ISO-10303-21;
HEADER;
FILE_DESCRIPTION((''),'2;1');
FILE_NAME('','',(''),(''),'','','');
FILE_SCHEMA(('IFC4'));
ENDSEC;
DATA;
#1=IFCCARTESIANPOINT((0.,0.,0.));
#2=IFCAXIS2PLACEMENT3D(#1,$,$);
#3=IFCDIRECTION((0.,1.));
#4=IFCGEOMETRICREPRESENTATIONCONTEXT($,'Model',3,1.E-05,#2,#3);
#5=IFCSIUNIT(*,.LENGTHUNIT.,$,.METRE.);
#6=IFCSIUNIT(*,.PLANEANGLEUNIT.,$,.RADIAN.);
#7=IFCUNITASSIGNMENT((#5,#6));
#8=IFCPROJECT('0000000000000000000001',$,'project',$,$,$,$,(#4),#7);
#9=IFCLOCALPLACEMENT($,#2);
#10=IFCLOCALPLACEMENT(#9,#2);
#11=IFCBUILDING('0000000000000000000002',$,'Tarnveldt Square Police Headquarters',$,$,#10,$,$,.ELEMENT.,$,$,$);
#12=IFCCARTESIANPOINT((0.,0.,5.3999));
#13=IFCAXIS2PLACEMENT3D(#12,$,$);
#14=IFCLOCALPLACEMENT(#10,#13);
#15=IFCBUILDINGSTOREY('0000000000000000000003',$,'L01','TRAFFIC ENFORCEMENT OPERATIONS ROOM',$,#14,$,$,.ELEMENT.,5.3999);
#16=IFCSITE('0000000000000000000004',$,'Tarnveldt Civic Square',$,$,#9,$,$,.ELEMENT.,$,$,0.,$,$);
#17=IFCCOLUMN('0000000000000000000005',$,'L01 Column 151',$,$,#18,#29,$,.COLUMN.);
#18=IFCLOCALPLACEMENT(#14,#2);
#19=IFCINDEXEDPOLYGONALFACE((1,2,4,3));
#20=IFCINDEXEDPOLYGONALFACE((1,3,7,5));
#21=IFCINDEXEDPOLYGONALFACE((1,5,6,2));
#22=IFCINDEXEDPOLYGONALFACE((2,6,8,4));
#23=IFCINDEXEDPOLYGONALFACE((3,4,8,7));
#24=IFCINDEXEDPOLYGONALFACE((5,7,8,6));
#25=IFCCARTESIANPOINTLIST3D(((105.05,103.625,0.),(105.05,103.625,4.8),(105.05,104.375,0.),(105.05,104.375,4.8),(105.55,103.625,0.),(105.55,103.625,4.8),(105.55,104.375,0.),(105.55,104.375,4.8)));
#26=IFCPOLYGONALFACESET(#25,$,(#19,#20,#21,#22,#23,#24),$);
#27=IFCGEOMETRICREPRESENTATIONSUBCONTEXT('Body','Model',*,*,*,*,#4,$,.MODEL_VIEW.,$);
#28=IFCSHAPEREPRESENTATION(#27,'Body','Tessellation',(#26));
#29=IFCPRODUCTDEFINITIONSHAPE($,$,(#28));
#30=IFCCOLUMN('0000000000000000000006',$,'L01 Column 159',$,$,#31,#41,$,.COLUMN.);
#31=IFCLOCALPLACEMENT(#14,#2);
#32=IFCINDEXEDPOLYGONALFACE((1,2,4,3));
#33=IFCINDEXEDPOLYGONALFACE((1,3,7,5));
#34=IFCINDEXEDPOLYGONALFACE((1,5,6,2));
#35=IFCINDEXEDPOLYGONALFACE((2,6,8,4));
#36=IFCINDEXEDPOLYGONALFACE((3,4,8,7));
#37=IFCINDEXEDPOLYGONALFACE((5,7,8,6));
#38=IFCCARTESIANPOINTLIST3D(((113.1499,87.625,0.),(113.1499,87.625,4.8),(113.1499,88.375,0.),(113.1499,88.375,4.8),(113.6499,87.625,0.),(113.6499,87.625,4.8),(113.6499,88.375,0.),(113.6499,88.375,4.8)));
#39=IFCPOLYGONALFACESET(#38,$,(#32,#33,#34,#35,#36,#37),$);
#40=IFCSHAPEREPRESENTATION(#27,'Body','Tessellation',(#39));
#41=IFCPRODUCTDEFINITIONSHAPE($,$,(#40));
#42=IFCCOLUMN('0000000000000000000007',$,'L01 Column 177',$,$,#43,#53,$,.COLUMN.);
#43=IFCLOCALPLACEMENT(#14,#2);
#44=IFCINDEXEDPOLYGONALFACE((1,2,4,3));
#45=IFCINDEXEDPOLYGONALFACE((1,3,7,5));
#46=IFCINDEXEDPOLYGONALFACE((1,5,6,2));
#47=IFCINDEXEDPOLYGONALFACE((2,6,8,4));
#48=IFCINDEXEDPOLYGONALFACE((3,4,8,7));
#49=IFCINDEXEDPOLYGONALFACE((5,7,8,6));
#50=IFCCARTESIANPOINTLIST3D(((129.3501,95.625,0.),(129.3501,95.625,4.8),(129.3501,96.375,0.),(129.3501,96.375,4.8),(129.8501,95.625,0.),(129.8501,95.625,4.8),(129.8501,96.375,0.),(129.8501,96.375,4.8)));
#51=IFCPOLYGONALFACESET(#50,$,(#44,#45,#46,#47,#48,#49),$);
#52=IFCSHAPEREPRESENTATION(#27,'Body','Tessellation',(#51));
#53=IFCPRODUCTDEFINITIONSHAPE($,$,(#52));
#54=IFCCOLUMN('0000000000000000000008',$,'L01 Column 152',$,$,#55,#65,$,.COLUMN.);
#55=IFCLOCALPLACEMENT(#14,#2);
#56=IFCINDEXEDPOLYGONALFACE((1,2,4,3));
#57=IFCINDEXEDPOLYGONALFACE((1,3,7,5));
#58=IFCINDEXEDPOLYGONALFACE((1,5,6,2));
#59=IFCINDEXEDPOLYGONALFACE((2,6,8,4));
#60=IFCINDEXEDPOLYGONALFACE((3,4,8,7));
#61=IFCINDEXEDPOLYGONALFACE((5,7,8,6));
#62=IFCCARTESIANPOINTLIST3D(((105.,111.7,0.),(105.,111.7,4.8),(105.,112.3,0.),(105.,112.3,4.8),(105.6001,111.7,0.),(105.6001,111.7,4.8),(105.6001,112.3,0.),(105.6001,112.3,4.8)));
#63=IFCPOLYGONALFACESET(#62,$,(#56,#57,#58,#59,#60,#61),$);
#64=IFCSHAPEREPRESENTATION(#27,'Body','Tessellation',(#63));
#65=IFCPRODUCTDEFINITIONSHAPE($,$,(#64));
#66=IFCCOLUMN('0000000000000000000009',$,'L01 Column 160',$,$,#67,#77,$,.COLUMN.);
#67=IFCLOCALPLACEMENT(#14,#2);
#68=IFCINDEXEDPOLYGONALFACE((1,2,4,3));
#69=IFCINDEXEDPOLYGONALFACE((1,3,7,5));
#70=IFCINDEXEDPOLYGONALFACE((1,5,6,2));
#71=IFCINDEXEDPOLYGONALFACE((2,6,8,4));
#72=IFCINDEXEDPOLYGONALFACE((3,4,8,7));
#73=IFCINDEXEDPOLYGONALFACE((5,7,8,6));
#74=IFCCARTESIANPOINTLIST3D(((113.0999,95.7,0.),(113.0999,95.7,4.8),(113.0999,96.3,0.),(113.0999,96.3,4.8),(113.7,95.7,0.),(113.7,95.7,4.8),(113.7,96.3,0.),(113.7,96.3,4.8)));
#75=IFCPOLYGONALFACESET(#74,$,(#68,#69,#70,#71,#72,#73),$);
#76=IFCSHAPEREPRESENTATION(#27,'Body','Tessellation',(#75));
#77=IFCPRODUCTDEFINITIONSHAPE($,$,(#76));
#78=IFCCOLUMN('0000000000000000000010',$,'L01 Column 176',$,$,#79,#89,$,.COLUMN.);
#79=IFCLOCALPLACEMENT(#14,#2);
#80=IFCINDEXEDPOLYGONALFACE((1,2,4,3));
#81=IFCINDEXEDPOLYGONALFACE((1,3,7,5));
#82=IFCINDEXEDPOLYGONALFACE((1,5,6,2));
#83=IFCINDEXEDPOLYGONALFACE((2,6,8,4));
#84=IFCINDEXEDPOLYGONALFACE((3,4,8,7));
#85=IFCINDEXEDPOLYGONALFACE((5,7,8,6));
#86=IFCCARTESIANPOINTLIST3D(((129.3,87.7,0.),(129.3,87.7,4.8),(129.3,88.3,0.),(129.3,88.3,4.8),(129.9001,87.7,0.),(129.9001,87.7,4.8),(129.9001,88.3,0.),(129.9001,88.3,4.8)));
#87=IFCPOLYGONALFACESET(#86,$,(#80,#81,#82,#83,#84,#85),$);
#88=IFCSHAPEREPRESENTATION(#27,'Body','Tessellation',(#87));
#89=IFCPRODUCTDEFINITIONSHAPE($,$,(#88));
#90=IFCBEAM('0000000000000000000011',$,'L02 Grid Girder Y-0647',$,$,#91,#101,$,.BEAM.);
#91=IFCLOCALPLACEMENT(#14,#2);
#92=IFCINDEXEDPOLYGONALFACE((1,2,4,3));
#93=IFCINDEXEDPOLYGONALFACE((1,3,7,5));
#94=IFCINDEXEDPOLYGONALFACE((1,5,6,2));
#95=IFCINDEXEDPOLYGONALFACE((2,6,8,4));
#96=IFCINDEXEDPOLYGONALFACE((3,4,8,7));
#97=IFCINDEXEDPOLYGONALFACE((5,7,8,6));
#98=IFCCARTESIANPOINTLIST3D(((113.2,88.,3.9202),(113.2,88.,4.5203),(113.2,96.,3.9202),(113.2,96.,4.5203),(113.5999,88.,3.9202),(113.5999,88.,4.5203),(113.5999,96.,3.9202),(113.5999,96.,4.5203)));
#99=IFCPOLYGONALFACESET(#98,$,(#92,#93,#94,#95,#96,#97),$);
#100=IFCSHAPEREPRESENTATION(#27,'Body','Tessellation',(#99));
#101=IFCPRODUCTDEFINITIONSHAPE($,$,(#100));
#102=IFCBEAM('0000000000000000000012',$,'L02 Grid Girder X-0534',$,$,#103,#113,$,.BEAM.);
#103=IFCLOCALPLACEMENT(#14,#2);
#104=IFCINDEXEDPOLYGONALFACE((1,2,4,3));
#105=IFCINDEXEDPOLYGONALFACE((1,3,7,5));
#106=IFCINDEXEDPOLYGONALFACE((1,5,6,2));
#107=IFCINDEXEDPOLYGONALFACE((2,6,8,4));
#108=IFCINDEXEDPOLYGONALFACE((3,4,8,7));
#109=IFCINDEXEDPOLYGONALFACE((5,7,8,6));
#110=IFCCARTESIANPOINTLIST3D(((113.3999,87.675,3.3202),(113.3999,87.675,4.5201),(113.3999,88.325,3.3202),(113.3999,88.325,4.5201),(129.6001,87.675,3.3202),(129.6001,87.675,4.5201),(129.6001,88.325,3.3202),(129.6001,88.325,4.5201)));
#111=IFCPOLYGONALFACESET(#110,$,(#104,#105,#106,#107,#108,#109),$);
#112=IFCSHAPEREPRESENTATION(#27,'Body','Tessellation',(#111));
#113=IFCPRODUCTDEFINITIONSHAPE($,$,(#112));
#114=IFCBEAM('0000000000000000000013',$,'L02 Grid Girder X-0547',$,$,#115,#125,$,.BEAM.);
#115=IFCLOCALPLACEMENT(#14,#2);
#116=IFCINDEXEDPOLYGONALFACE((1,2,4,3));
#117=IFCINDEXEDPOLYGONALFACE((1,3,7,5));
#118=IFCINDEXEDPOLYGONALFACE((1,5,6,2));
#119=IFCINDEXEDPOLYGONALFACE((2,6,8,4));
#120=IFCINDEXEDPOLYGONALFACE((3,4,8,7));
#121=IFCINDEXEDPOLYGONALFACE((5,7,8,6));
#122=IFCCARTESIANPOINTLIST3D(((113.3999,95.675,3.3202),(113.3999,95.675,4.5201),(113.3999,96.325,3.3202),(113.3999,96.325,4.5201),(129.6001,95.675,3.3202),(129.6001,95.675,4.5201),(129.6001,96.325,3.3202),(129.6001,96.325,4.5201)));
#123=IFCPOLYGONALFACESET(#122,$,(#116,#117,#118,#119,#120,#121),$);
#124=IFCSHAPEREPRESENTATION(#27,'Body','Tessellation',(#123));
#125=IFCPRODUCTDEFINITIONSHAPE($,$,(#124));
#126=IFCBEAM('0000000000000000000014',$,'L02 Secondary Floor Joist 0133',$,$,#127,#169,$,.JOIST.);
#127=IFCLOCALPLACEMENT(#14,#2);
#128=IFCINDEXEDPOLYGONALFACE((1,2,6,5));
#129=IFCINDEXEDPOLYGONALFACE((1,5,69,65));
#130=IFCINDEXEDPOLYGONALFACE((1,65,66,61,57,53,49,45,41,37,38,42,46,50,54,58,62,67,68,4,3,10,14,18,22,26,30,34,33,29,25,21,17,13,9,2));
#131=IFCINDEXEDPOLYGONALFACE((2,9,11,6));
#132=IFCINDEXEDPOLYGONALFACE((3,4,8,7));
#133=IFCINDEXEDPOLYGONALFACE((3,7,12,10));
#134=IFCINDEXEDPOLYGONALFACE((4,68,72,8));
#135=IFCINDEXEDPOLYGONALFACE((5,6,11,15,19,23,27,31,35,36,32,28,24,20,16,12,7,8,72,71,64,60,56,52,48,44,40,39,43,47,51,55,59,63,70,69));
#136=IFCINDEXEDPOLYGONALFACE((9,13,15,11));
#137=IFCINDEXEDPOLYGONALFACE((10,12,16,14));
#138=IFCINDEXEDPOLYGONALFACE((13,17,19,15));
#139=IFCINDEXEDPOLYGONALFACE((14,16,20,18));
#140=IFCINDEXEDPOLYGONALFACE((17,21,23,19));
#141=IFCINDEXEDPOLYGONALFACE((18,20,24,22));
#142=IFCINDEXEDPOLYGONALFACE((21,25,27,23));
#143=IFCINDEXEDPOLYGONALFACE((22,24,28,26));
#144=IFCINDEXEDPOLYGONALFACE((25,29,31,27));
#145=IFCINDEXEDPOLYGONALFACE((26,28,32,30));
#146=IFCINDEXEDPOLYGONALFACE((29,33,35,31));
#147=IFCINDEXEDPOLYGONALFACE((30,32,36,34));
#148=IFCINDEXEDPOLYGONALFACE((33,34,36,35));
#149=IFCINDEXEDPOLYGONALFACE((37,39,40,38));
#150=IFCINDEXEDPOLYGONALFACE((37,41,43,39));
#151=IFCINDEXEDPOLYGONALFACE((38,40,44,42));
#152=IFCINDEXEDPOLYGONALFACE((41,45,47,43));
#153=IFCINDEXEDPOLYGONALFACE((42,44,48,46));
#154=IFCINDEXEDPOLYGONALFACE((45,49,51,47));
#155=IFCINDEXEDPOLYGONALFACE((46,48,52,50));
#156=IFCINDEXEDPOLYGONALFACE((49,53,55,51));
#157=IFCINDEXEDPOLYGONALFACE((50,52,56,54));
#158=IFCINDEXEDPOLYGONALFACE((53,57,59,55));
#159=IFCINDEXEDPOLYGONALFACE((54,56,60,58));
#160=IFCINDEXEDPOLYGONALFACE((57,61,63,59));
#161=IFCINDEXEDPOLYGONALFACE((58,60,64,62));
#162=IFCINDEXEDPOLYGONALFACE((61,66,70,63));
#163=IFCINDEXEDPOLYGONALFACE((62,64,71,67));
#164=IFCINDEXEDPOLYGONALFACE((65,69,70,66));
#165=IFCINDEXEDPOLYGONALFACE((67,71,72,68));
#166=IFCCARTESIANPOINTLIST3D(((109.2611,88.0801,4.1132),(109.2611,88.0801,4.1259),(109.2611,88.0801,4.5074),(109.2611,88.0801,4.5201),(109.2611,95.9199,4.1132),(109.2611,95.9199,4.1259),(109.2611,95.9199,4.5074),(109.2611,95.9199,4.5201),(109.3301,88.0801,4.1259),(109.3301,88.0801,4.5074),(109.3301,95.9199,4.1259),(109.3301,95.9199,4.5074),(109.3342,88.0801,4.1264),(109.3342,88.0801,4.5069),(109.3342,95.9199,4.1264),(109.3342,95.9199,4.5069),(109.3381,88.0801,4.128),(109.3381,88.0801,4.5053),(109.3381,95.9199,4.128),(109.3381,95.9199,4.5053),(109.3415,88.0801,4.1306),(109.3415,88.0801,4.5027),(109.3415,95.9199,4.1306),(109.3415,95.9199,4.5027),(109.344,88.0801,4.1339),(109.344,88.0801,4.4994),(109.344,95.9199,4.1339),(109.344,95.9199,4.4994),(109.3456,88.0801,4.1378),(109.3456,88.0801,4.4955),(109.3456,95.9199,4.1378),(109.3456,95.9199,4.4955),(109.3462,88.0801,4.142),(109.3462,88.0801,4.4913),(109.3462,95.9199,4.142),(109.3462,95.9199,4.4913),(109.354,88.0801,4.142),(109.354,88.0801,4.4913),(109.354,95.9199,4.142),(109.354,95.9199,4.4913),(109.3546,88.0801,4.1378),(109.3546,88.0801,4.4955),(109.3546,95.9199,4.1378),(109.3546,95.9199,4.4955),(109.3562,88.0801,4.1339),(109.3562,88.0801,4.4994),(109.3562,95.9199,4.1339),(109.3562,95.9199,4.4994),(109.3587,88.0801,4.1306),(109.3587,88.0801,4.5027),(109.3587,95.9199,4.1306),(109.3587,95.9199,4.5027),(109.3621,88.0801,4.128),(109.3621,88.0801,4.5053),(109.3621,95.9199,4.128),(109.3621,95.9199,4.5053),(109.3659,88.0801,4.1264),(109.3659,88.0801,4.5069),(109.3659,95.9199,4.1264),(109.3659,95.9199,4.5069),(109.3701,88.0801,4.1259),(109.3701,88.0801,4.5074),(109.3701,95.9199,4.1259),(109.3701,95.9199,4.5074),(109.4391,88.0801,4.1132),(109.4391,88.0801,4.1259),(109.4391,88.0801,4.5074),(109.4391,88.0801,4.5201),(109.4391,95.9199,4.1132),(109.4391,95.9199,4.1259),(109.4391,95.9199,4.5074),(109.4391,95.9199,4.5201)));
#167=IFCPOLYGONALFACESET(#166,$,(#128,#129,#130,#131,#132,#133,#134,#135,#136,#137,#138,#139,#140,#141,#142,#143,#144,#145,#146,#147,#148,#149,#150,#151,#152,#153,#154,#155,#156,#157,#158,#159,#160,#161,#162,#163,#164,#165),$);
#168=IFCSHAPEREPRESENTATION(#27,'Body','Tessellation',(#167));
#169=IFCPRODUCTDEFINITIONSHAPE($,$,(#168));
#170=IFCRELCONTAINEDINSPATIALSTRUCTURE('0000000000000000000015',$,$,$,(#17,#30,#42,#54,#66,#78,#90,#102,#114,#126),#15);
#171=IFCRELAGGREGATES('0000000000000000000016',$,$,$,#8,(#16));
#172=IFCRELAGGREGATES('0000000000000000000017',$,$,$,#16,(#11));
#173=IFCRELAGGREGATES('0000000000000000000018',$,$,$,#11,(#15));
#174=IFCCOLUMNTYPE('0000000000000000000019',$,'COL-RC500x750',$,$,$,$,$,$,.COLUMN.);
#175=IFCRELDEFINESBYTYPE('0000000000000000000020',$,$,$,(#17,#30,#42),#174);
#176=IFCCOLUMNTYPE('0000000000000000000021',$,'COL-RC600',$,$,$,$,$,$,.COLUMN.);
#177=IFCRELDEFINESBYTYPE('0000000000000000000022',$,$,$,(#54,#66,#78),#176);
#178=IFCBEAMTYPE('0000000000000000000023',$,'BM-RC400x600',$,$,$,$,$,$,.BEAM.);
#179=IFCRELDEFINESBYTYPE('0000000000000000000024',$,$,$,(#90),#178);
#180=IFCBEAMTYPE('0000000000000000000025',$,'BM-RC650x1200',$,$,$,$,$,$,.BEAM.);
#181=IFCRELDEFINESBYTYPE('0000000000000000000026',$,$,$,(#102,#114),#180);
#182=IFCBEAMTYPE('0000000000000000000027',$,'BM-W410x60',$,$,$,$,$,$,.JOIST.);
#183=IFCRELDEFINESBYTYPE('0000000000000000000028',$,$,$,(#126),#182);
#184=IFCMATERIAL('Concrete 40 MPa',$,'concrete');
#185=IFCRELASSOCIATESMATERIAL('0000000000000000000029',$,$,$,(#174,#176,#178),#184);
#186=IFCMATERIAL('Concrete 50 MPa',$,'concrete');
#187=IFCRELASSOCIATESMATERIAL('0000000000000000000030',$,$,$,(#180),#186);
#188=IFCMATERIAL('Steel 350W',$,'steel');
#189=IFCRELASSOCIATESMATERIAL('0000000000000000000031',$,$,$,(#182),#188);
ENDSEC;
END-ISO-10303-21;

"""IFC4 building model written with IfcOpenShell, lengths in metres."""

from ifc_helpers import new_model, si_unit, direction, frame, origin, origin_2d, place, context, subcontext, project, spatial, rectangle, i_section, extrude, material, material_profile, profile_set, type_object, element, save


model = new_model("IFC4")

# Units and contexts
model_context = context("Model", 3, precision=1e-05, world=origin(), true_north=direction((0.0, 1.0)))
body_context = subcontext(model_context, "Body", "Model", "MODEL_VIEW")
ifc_project = project(units=[si_unit("LENGTHUNIT", "METRE"), si_unit("PLANEANGLEUNIT", "RADIAN")], contexts=[model_context])

# Site, building, storey
site_placement = place(None, origin())
site = spatial("IfcSite", under=ifc_project, at=site_placement, Name="Tarnveldt Civic Square", CompositionType="ELEMENT", RefElevation=0.0)
building_placement = place(site_placement, origin())
building = spatial("IfcBuilding", under=site, at=building_placement, Name="Tarnveldt Square Police Headquarters", CompositionType="ELEMENT")
storey_placement = place(building_placement, frame((0.0, 0.0, 5.3999)))
storey = spatial("IfcBuildingStorey", under=building, at=storey_placement, Name="L01", Description="TRAFFIC ENFORCEMENT OPERATIONS ROOM", CompositionType="ELEMENT", Elevation=5.3999)

# Columns
ifc_material_1 = material(Name="Concrete 40 MPa", Category="concrete")
ifc_material_profile_1 = material_profile(ifc_material_1, rectangle(XDim=0.5, YDim=0.75, at=origin_2d()), Name="RC-C500x750")
ifc_profile_set_1 = profile_set([ifc_material_profile_1], Name="Concrete 40 MPa")
column_type_1 = type_object("IfcColumnType", Name="COL-RC500x750", PredefinedType="COLUMN", material=ifc_profile_set_1)
for number, where, z_axis, x_axis, name in (
    (1, (105.3, 104.0, 0.0), (0.0, 0.0, 1.0), (1.0, 0.0, 0.0), "L01 Column 151"),
    (2, (113.3999, 88.0, 0.0), (0.0, 0.0, 1.0), (1.0, 0.0, 0.0), "L01 Column 159"),
    (3, (129.6001, 96.0, 0.0), (0.0, 0.0, 1.0), (1.0, 0.0, 0.0), "L01 Column 177"),
):
    element("IfcColumn", number, at=place(storey_placement, frame(where, z_axis=z_axis, x_axis=x_axis)), inside=storey, type_object=column_type_1, Name=name, PredefinedType="COLUMN", context=body_context, shape_type="SweptSolid", body=[
        extrude(rectangle(XDim=0.5, YDim=0.75, at=origin_2d()), origin(), (0.0, 0.0, 1.0), 4.8),
    ])
ifc_material_profile_2 = material_profile(ifc_material_1, rectangle(XDim=0.6001, YDim=0.6001, at=origin_2d()), Name="RC-C600x600")
ifc_profile_set_2 = profile_set([ifc_material_profile_2], Name="Concrete 40 MPa")
column_type_2 = type_object("IfcColumnType", Name="COL-RC600", PredefinedType="COLUMN", material=ifc_profile_set_2)
for number, where, z_axis, x_axis, name in (
    (4, (105.3, 112.0, 0.0), (0.0, 0.0, 1.0), (1.0, 0.0, 0.0), "L01 Column 152"),
    (5, (113.3999, 96.0, 0.0), (0.0, 0.0, 1.0), (1.0, 0.0, 0.0), "L01 Column 160"),
    (6, (129.6001, 88.0, 0.0), (0.0, 0.0, 1.0), (1.0, 0.0, 0.0), "L01 Column 176"),
):
    element("IfcColumn", number, at=place(storey_placement, frame(where, z_axis=z_axis, x_axis=x_axis)), inside=storey, type_object=column_type_2, Name=name, PredefinedType="COLUMN", context=body_context, shape_type="SweptSolid", body=[
        extrude(rectangle(XDim=0.6001, YDim=0.6001, at=origin_2d()), origin(), (0.0, 0.0, 1.0), 4.8),
    ])

# Beams
ifc_material_profile_3 = material_profile(ifc_material_1, rectangle(XDim=0.3999, YDim=0.6001, at=origin_2d()), Name="RC-B400x600")
ifc_profile_set_3 = profile_set([ifc_material_profile_3], Name="Concrete 40 MPa")
beam_type_1 = type_object("IfcBeamType", Name="BM-RC400x600", PredefinedType="BEAM", material=ifc_profile_set_3)
beam_1_placement = place(storey_placement, frame((113.3999, 88.0, 4.2202), z_axis=(0.0, 1.0, 0.0), x_axis=(-1.0, 0.0, 0.0)))
element("IfcBeam", 7, at=beam_1_placement, inside=storey, type_object=beam_type_1, Name="L02 Grid Girder Y-0647", PredefinedType="BEAM", context=body_context, shape_type="SweptSolid", body=[
    extrude(rectangle(XDim=0.3999, YDim=0.6001, at=origin_2d()), origin(), (0.0, 0.0, 1.0), 8.0),
])
ifc_material_2 = material(Name="Concrete 50 MPa", Category="concrete")
ifc_material_profile_4 = material_profile(ifc_material_2, rectangle(XDim=0.6499, YDim=1.2, at=origin_2d()), Name="RC-B650x1200")
ifc_profile_set_4 = profile_set([ifc_material_profile_4], Name="Concrete 50 MPa")
beam_type_2 = type_object("IfcBeamType", Name="BM-RC650x1200", PredefinedType="BEAM", material=ifc_profile_set_4)
for number, where, z_axis, x_axis, name in (
    (8, (113.3999, 88.0, 3.9202), (1.0, 0.0, 0.0), (0.0, 1.0, 0.0), "L02 Grid Girder X-0534"),
    (9, (113.3999, 96.0, 3.9202), (1.0, 0.0, 0.0), (0.0, 1.0, 0.0), "L02 Grid Girder X-0547"),
):
    element("IfcBeam", number, at=place(storey_placement, frame(where, z_axis=z_axis, x_axis=x_axis)), inside=storey, type_object=beam_type_2, Name=name, PredefinedType="BEAM", context=body_context, shape_type="SweptSolid", body=[
        extrude(rectangle(XDim=0.6499, YDim=1.2, at=origin_2d()), origin(), (0.0, 0.0, 1.0), 16.2002),
    ])
ifc_material_3 = material(Name="Steel 350W", Category="steel")
ifc_material_profile_5 = material_profile(ifc_material_3, i_section(OverallWidth=0.178, OverallDepth=0.407, WebThickness=0.0078, FlangeThickness=0.0127, FilletRadius=0.0161, at=origin_2d()), Name="W410x60")
ifc_profile_set_5 = profile_set([ifc_material_profile_5], Name="Steel 350W")
beam_type_3 = type_object("IfcBeamType", Name="BM-W410x60", PredefinedType="JOIST", material=ifc_profile_set_5)
beam_2_placement = place(storey_placement, frame((109.3501, 88.0801, 4.3167), z_axis=(0.0, 1.0, 0.0), x_axis=(-1.0, 0.0, 0.0)))
element("IfcBeam", 10, at=beam_2_placement, inside=storey, type_object=beam_type_3, Name="L02 Secondary Floor Joist 0133", PredefinedType="JOIST", context=body_context, shape_type="SweptSolid", body=[
    extrude(i_section(OverallWidth=0.178, OverallDepth=0.407, WebThickness=0.0078, FlangeThickness=0.0127, FilletRadius=0.0161, at=origin_2d()), origin(), (0.0, 0.0, 1.0), 7.8398),
])

save(model, "model.ifc")
